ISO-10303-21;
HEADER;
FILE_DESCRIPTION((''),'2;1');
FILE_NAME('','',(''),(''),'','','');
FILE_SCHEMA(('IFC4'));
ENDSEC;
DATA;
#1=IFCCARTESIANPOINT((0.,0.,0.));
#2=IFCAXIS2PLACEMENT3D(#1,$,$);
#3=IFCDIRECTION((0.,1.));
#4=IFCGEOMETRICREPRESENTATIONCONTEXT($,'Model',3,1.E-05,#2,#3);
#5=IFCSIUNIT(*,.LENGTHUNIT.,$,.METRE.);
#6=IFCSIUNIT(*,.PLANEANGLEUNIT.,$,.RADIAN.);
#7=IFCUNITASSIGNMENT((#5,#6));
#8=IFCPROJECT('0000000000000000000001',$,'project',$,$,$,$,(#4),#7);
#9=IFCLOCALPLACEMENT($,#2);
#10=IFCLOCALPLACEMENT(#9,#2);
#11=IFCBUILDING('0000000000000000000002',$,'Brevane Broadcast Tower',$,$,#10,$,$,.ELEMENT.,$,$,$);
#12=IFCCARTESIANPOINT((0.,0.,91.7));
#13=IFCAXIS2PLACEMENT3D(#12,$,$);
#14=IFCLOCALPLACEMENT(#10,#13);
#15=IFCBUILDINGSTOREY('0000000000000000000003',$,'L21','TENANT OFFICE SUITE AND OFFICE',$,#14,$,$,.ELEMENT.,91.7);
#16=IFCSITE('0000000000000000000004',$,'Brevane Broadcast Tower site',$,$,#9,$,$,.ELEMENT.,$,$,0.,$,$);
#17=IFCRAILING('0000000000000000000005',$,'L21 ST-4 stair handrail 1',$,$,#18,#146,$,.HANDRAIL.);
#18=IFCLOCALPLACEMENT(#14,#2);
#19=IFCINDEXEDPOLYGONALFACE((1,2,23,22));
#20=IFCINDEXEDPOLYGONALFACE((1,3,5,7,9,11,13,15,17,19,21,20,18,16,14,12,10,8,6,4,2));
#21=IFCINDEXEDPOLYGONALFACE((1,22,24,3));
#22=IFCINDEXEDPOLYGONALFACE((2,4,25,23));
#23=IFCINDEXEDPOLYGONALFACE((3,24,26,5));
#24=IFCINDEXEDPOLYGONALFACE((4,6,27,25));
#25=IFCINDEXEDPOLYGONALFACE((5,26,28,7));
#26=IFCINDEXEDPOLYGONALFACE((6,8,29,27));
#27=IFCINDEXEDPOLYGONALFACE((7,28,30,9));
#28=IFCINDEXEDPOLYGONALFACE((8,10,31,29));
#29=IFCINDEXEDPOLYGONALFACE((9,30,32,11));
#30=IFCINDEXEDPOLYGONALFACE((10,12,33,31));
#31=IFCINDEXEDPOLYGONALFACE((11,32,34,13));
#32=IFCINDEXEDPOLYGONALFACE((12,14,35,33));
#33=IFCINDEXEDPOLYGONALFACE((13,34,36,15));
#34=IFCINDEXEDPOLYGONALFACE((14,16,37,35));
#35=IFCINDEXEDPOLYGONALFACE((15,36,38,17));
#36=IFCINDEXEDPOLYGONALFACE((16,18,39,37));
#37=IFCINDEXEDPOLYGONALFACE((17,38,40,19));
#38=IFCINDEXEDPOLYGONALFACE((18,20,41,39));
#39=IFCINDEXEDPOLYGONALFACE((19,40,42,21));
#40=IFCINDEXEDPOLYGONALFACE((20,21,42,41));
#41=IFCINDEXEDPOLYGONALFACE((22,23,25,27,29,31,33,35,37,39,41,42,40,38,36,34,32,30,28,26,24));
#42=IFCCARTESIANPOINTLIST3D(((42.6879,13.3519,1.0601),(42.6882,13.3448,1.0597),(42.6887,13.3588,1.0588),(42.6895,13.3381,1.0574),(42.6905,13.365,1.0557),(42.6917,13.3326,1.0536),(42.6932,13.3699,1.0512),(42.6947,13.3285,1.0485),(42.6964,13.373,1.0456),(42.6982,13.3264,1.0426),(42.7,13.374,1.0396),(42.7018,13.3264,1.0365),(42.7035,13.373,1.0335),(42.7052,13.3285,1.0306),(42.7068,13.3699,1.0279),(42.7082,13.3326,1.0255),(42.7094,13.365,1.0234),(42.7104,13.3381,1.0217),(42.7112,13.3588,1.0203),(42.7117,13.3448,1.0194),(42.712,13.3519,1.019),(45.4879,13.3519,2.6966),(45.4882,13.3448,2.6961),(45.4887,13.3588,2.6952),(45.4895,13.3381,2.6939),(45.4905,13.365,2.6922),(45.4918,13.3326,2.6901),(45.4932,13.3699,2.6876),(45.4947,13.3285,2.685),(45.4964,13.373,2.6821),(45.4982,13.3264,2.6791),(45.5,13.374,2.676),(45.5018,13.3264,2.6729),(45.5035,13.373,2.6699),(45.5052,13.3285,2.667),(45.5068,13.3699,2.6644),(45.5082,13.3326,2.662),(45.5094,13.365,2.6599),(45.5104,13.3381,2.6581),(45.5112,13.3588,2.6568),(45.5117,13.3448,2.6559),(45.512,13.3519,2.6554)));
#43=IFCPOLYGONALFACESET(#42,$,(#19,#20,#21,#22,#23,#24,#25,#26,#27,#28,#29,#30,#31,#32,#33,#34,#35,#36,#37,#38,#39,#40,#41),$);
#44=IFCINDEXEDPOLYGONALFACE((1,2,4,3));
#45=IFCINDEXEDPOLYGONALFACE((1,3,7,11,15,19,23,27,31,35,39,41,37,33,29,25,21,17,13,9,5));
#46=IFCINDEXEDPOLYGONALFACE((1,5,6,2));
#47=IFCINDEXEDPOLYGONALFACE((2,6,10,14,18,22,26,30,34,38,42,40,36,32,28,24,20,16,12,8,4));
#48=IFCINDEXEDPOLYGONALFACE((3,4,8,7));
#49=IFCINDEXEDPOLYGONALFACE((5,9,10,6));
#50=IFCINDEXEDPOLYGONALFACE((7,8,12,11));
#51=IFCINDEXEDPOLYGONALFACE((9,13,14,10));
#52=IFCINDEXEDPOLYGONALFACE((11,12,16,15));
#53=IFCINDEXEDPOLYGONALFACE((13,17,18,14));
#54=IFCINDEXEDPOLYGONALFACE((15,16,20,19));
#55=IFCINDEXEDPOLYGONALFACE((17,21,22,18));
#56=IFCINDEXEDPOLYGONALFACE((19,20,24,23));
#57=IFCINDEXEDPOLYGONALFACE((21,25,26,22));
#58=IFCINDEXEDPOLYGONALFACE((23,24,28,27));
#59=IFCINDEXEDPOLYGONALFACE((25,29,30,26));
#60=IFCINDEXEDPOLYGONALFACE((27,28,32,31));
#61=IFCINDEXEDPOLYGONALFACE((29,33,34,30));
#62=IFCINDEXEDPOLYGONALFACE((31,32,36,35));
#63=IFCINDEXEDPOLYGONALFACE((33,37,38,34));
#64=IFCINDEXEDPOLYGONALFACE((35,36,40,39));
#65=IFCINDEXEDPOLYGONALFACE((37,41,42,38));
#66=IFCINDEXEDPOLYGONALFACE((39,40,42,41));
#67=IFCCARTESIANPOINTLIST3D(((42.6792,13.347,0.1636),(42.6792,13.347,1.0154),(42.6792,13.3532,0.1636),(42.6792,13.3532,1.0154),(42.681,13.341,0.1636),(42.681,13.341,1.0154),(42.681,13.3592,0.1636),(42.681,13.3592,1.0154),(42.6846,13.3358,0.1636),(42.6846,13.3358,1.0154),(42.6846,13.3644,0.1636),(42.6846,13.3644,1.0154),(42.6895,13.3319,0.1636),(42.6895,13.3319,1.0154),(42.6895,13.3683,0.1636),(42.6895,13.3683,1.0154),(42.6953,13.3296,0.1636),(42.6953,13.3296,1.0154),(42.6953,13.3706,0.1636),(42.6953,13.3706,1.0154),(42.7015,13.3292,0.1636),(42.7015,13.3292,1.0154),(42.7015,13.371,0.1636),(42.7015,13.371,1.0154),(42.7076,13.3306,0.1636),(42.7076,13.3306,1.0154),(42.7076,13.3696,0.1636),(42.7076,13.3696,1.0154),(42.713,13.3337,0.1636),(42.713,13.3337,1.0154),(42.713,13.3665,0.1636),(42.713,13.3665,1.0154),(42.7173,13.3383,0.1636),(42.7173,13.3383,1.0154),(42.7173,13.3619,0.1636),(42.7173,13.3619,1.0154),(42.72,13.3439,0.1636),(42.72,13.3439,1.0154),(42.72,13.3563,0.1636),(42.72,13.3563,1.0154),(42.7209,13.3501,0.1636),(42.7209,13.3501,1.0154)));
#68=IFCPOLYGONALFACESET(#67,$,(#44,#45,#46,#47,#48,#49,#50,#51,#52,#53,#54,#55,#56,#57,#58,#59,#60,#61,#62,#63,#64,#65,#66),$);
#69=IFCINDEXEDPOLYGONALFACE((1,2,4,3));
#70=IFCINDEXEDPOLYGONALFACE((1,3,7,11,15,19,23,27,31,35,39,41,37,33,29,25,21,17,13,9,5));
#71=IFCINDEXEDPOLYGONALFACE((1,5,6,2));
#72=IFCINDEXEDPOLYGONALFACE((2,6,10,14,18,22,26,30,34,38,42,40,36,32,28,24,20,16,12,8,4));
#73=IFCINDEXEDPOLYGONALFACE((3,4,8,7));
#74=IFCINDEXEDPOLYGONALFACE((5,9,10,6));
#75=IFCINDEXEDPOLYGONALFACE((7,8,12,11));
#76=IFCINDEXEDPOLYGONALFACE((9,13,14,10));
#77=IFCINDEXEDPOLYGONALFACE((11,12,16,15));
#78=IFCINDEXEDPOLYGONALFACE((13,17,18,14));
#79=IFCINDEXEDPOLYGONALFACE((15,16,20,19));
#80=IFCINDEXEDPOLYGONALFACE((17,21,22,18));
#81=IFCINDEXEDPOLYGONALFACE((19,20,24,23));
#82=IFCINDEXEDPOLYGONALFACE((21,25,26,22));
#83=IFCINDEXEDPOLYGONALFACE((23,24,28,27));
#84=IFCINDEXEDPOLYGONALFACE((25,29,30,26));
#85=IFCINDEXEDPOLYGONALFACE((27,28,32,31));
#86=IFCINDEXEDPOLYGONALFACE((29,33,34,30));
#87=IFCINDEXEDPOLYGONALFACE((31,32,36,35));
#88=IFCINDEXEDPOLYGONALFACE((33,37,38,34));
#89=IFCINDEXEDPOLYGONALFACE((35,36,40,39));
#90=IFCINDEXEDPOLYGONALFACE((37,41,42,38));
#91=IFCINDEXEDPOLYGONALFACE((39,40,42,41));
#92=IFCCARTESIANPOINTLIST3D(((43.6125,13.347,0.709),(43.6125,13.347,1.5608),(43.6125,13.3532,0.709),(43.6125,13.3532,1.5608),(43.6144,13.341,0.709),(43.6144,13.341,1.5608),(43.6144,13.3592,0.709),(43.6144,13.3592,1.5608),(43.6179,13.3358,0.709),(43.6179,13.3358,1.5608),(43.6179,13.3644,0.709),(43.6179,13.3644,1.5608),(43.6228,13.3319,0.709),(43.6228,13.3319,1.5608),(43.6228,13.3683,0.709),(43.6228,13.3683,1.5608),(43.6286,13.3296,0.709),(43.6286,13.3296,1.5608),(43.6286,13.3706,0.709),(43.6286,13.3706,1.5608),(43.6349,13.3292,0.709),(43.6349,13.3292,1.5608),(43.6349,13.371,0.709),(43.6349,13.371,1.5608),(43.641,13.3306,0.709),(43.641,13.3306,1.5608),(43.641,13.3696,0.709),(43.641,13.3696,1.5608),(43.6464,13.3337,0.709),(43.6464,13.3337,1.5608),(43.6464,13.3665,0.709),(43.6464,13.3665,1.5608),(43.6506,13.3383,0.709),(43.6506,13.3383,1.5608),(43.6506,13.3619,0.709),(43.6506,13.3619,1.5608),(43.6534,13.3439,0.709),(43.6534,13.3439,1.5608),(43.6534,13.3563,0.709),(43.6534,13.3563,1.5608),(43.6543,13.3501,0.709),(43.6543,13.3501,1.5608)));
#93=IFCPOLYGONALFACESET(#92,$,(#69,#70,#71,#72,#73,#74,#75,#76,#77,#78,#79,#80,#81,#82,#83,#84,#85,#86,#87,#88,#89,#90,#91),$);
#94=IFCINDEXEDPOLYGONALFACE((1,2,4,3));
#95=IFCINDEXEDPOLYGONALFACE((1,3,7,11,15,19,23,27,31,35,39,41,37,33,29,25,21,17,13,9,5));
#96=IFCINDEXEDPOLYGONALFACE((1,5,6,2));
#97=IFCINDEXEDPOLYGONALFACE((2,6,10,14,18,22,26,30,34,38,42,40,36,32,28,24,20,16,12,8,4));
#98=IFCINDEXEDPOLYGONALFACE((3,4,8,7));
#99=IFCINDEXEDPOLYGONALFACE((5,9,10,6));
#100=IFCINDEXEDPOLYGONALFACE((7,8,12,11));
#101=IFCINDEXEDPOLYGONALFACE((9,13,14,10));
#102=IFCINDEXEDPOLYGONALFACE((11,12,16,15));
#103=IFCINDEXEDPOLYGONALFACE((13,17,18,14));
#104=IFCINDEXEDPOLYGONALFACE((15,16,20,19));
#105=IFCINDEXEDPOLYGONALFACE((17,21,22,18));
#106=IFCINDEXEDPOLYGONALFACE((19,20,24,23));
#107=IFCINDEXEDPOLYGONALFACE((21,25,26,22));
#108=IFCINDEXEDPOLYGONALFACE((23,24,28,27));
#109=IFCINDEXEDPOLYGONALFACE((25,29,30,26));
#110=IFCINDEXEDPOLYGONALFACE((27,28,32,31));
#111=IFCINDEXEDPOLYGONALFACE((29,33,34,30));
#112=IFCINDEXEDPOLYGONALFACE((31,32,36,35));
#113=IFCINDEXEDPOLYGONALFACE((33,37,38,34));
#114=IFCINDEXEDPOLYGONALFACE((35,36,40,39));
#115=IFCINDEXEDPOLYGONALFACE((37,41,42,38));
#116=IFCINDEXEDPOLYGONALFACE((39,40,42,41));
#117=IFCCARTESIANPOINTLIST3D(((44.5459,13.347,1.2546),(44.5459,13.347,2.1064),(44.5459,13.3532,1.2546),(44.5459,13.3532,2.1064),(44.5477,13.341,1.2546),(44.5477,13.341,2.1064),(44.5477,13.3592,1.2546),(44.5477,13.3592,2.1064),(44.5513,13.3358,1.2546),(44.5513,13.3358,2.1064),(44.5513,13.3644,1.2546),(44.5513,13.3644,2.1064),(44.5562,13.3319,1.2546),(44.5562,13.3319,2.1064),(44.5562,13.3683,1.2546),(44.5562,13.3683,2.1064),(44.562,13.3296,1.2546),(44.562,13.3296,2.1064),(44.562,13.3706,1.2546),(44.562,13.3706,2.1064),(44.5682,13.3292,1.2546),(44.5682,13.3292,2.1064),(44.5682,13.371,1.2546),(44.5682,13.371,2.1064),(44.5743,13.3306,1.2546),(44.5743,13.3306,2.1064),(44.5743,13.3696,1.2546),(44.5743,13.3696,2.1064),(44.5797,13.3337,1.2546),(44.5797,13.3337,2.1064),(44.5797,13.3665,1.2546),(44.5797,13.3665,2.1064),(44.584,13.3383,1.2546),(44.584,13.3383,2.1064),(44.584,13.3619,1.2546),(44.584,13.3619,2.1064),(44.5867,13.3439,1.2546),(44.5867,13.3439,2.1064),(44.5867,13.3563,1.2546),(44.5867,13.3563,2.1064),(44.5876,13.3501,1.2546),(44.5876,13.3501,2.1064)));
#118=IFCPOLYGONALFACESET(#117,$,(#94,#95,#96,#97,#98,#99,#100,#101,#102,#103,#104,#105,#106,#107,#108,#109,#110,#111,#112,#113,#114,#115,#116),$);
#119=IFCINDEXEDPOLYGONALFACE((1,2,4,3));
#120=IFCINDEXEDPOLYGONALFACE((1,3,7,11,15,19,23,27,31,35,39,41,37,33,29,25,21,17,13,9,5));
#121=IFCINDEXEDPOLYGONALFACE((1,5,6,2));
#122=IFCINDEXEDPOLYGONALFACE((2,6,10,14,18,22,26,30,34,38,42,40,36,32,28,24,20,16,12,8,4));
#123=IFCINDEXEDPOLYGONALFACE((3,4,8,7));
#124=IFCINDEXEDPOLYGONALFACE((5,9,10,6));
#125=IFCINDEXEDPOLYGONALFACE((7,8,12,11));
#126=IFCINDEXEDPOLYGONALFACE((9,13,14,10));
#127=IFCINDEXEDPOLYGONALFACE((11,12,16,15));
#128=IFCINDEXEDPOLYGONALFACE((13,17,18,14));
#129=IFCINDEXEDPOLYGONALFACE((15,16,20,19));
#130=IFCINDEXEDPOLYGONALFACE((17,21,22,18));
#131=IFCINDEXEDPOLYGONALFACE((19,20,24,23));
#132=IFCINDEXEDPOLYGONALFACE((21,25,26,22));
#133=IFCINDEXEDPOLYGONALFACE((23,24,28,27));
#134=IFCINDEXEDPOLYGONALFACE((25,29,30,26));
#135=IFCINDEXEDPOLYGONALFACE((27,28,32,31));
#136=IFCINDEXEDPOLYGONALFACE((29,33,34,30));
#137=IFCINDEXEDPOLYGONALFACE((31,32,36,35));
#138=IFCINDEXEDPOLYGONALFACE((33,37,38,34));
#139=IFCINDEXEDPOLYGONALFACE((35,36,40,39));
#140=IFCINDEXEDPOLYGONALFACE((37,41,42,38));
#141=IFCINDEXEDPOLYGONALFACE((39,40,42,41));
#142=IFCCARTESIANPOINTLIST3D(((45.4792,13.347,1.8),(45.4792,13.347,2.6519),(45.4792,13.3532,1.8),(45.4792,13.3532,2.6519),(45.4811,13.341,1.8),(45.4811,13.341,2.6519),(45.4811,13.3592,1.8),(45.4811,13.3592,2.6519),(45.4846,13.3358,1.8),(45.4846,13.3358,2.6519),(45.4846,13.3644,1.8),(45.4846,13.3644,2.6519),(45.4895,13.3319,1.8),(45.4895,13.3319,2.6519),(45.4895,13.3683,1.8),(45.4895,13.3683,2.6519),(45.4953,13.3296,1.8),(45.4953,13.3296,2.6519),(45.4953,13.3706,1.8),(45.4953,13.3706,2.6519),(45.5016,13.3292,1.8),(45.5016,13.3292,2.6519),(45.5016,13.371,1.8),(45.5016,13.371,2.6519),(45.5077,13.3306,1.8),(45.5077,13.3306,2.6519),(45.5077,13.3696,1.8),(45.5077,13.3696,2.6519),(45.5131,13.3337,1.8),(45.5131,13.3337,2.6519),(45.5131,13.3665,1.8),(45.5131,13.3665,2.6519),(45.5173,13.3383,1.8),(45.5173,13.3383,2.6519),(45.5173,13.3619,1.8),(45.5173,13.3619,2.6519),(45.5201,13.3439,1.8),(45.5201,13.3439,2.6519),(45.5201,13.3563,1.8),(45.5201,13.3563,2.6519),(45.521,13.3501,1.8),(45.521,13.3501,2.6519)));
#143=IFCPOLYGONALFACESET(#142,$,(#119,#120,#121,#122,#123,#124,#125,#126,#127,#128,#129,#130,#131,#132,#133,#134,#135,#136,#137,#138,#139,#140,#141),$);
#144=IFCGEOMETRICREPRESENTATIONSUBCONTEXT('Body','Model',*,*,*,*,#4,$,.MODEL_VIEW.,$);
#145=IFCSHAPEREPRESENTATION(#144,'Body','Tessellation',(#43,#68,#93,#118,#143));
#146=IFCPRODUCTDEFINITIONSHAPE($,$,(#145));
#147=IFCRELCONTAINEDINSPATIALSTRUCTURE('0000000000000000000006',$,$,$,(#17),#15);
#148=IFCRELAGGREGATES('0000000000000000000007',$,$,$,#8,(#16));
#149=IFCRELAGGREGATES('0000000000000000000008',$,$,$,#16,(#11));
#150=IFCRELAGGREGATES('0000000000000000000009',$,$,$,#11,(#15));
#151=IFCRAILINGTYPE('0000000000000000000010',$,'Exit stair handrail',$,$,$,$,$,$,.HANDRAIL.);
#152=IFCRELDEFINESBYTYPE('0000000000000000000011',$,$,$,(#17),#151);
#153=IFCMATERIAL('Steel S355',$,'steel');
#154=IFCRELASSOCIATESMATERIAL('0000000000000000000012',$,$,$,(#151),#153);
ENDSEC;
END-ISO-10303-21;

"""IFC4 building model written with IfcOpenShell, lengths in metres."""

from ifc_helpers import new_model, si_unit, direction, frame, origin, origin_2d, place, context, subcontext, project, spatial, circle, extrude, material, type_object, element, save


model = new_model("IFC4")

# Units and contexts
model_context = context("Model", 3, precision=1e-05, world=origin(), true_north=direction((0.0, 1.0)))
body_context = subcontext(model_context, "Body", "Model", "MODEL_VIEW")
ifc_project = project(units=[si_unit("LENGTHUNIT", "METRE"), si_unit("PLANEANGLEUNIT", "RADIAN")], contexts=[model_context])

# Site, building, storey
site_placement = place(None, origin())
site = spatial("IfcSite", under=ifc_project, at=site_placement, Name="Brevane Broadcast Tower site", CompositionType="ELEMENT", RefElevation=0.0)
building_placement = place(site_placement, origin())
building = spatial("IfcBuilding", under=site, at=building_placement, Name="Brevane Broadcast Tower", CompositionType="ELEMENT")
storey_placement = place(building_placement, frame((0.0, 0.0, 91.7)))
storey = spatial("IfcBuildingStorey", under=building, at=storey_placement, Name="L21", Description="TENANT OFFICE SUITE AND OFFICE", CompositionType="ELEMENT", Elevation=91.7)

# Railing
ifc_material_1 = material(Name="Steel S355", Category="steel")
railing_type_1 = type_object("IfcRailingType", Name="Exit stair handrail", PredefinedType="HANDRAIL", material=ifc_material_1)
railing_1_placement = place(storey_placement, frame((42.7, 13.3501, 0.1636)))
element("IfcRailing", 1, at=railing_1_placement, inside=storey, type_object=railing_type_1, Name="L21 ST-4 stair handrail 1", PredefinedType="HANDRAIL", context=body_context, shape_type="SweptSolid", body=[
    extrude(circle(Radius=0.0239, at=origin_2d()), frame((0.0, 0.0, 0.876), z_axis=(0.863361, 0.0, 0.504587), x_axis=(0.0, 1.0, 0.0)), (0.0, 0.0, 1.0), 3.2432),
    extrude(circle(Radius=0.021, at=origin_2d()), origin(), (0.0, 0.0, 1.0), 0.8518),
    extrude(circle(Radius=0.021, at=origin_2d()), frame((0.9333, 0.0, 0.5454)), (0.0, 0.0, 1.0), 0.8518),
    extrude(circle(Radius=0.021, at=origin_2d()), frame((1.8667, 0.0, 1.0911)), (0.0, 0.0, 1.0), 0.8518),
    extrude(circle(Radius=0.021, at=origin_2d()), frame((2.8, 0.0, 1.6365)), (0.0, 0.0, 1.0), 0.8518),
])

save(model, "model.ifc")
